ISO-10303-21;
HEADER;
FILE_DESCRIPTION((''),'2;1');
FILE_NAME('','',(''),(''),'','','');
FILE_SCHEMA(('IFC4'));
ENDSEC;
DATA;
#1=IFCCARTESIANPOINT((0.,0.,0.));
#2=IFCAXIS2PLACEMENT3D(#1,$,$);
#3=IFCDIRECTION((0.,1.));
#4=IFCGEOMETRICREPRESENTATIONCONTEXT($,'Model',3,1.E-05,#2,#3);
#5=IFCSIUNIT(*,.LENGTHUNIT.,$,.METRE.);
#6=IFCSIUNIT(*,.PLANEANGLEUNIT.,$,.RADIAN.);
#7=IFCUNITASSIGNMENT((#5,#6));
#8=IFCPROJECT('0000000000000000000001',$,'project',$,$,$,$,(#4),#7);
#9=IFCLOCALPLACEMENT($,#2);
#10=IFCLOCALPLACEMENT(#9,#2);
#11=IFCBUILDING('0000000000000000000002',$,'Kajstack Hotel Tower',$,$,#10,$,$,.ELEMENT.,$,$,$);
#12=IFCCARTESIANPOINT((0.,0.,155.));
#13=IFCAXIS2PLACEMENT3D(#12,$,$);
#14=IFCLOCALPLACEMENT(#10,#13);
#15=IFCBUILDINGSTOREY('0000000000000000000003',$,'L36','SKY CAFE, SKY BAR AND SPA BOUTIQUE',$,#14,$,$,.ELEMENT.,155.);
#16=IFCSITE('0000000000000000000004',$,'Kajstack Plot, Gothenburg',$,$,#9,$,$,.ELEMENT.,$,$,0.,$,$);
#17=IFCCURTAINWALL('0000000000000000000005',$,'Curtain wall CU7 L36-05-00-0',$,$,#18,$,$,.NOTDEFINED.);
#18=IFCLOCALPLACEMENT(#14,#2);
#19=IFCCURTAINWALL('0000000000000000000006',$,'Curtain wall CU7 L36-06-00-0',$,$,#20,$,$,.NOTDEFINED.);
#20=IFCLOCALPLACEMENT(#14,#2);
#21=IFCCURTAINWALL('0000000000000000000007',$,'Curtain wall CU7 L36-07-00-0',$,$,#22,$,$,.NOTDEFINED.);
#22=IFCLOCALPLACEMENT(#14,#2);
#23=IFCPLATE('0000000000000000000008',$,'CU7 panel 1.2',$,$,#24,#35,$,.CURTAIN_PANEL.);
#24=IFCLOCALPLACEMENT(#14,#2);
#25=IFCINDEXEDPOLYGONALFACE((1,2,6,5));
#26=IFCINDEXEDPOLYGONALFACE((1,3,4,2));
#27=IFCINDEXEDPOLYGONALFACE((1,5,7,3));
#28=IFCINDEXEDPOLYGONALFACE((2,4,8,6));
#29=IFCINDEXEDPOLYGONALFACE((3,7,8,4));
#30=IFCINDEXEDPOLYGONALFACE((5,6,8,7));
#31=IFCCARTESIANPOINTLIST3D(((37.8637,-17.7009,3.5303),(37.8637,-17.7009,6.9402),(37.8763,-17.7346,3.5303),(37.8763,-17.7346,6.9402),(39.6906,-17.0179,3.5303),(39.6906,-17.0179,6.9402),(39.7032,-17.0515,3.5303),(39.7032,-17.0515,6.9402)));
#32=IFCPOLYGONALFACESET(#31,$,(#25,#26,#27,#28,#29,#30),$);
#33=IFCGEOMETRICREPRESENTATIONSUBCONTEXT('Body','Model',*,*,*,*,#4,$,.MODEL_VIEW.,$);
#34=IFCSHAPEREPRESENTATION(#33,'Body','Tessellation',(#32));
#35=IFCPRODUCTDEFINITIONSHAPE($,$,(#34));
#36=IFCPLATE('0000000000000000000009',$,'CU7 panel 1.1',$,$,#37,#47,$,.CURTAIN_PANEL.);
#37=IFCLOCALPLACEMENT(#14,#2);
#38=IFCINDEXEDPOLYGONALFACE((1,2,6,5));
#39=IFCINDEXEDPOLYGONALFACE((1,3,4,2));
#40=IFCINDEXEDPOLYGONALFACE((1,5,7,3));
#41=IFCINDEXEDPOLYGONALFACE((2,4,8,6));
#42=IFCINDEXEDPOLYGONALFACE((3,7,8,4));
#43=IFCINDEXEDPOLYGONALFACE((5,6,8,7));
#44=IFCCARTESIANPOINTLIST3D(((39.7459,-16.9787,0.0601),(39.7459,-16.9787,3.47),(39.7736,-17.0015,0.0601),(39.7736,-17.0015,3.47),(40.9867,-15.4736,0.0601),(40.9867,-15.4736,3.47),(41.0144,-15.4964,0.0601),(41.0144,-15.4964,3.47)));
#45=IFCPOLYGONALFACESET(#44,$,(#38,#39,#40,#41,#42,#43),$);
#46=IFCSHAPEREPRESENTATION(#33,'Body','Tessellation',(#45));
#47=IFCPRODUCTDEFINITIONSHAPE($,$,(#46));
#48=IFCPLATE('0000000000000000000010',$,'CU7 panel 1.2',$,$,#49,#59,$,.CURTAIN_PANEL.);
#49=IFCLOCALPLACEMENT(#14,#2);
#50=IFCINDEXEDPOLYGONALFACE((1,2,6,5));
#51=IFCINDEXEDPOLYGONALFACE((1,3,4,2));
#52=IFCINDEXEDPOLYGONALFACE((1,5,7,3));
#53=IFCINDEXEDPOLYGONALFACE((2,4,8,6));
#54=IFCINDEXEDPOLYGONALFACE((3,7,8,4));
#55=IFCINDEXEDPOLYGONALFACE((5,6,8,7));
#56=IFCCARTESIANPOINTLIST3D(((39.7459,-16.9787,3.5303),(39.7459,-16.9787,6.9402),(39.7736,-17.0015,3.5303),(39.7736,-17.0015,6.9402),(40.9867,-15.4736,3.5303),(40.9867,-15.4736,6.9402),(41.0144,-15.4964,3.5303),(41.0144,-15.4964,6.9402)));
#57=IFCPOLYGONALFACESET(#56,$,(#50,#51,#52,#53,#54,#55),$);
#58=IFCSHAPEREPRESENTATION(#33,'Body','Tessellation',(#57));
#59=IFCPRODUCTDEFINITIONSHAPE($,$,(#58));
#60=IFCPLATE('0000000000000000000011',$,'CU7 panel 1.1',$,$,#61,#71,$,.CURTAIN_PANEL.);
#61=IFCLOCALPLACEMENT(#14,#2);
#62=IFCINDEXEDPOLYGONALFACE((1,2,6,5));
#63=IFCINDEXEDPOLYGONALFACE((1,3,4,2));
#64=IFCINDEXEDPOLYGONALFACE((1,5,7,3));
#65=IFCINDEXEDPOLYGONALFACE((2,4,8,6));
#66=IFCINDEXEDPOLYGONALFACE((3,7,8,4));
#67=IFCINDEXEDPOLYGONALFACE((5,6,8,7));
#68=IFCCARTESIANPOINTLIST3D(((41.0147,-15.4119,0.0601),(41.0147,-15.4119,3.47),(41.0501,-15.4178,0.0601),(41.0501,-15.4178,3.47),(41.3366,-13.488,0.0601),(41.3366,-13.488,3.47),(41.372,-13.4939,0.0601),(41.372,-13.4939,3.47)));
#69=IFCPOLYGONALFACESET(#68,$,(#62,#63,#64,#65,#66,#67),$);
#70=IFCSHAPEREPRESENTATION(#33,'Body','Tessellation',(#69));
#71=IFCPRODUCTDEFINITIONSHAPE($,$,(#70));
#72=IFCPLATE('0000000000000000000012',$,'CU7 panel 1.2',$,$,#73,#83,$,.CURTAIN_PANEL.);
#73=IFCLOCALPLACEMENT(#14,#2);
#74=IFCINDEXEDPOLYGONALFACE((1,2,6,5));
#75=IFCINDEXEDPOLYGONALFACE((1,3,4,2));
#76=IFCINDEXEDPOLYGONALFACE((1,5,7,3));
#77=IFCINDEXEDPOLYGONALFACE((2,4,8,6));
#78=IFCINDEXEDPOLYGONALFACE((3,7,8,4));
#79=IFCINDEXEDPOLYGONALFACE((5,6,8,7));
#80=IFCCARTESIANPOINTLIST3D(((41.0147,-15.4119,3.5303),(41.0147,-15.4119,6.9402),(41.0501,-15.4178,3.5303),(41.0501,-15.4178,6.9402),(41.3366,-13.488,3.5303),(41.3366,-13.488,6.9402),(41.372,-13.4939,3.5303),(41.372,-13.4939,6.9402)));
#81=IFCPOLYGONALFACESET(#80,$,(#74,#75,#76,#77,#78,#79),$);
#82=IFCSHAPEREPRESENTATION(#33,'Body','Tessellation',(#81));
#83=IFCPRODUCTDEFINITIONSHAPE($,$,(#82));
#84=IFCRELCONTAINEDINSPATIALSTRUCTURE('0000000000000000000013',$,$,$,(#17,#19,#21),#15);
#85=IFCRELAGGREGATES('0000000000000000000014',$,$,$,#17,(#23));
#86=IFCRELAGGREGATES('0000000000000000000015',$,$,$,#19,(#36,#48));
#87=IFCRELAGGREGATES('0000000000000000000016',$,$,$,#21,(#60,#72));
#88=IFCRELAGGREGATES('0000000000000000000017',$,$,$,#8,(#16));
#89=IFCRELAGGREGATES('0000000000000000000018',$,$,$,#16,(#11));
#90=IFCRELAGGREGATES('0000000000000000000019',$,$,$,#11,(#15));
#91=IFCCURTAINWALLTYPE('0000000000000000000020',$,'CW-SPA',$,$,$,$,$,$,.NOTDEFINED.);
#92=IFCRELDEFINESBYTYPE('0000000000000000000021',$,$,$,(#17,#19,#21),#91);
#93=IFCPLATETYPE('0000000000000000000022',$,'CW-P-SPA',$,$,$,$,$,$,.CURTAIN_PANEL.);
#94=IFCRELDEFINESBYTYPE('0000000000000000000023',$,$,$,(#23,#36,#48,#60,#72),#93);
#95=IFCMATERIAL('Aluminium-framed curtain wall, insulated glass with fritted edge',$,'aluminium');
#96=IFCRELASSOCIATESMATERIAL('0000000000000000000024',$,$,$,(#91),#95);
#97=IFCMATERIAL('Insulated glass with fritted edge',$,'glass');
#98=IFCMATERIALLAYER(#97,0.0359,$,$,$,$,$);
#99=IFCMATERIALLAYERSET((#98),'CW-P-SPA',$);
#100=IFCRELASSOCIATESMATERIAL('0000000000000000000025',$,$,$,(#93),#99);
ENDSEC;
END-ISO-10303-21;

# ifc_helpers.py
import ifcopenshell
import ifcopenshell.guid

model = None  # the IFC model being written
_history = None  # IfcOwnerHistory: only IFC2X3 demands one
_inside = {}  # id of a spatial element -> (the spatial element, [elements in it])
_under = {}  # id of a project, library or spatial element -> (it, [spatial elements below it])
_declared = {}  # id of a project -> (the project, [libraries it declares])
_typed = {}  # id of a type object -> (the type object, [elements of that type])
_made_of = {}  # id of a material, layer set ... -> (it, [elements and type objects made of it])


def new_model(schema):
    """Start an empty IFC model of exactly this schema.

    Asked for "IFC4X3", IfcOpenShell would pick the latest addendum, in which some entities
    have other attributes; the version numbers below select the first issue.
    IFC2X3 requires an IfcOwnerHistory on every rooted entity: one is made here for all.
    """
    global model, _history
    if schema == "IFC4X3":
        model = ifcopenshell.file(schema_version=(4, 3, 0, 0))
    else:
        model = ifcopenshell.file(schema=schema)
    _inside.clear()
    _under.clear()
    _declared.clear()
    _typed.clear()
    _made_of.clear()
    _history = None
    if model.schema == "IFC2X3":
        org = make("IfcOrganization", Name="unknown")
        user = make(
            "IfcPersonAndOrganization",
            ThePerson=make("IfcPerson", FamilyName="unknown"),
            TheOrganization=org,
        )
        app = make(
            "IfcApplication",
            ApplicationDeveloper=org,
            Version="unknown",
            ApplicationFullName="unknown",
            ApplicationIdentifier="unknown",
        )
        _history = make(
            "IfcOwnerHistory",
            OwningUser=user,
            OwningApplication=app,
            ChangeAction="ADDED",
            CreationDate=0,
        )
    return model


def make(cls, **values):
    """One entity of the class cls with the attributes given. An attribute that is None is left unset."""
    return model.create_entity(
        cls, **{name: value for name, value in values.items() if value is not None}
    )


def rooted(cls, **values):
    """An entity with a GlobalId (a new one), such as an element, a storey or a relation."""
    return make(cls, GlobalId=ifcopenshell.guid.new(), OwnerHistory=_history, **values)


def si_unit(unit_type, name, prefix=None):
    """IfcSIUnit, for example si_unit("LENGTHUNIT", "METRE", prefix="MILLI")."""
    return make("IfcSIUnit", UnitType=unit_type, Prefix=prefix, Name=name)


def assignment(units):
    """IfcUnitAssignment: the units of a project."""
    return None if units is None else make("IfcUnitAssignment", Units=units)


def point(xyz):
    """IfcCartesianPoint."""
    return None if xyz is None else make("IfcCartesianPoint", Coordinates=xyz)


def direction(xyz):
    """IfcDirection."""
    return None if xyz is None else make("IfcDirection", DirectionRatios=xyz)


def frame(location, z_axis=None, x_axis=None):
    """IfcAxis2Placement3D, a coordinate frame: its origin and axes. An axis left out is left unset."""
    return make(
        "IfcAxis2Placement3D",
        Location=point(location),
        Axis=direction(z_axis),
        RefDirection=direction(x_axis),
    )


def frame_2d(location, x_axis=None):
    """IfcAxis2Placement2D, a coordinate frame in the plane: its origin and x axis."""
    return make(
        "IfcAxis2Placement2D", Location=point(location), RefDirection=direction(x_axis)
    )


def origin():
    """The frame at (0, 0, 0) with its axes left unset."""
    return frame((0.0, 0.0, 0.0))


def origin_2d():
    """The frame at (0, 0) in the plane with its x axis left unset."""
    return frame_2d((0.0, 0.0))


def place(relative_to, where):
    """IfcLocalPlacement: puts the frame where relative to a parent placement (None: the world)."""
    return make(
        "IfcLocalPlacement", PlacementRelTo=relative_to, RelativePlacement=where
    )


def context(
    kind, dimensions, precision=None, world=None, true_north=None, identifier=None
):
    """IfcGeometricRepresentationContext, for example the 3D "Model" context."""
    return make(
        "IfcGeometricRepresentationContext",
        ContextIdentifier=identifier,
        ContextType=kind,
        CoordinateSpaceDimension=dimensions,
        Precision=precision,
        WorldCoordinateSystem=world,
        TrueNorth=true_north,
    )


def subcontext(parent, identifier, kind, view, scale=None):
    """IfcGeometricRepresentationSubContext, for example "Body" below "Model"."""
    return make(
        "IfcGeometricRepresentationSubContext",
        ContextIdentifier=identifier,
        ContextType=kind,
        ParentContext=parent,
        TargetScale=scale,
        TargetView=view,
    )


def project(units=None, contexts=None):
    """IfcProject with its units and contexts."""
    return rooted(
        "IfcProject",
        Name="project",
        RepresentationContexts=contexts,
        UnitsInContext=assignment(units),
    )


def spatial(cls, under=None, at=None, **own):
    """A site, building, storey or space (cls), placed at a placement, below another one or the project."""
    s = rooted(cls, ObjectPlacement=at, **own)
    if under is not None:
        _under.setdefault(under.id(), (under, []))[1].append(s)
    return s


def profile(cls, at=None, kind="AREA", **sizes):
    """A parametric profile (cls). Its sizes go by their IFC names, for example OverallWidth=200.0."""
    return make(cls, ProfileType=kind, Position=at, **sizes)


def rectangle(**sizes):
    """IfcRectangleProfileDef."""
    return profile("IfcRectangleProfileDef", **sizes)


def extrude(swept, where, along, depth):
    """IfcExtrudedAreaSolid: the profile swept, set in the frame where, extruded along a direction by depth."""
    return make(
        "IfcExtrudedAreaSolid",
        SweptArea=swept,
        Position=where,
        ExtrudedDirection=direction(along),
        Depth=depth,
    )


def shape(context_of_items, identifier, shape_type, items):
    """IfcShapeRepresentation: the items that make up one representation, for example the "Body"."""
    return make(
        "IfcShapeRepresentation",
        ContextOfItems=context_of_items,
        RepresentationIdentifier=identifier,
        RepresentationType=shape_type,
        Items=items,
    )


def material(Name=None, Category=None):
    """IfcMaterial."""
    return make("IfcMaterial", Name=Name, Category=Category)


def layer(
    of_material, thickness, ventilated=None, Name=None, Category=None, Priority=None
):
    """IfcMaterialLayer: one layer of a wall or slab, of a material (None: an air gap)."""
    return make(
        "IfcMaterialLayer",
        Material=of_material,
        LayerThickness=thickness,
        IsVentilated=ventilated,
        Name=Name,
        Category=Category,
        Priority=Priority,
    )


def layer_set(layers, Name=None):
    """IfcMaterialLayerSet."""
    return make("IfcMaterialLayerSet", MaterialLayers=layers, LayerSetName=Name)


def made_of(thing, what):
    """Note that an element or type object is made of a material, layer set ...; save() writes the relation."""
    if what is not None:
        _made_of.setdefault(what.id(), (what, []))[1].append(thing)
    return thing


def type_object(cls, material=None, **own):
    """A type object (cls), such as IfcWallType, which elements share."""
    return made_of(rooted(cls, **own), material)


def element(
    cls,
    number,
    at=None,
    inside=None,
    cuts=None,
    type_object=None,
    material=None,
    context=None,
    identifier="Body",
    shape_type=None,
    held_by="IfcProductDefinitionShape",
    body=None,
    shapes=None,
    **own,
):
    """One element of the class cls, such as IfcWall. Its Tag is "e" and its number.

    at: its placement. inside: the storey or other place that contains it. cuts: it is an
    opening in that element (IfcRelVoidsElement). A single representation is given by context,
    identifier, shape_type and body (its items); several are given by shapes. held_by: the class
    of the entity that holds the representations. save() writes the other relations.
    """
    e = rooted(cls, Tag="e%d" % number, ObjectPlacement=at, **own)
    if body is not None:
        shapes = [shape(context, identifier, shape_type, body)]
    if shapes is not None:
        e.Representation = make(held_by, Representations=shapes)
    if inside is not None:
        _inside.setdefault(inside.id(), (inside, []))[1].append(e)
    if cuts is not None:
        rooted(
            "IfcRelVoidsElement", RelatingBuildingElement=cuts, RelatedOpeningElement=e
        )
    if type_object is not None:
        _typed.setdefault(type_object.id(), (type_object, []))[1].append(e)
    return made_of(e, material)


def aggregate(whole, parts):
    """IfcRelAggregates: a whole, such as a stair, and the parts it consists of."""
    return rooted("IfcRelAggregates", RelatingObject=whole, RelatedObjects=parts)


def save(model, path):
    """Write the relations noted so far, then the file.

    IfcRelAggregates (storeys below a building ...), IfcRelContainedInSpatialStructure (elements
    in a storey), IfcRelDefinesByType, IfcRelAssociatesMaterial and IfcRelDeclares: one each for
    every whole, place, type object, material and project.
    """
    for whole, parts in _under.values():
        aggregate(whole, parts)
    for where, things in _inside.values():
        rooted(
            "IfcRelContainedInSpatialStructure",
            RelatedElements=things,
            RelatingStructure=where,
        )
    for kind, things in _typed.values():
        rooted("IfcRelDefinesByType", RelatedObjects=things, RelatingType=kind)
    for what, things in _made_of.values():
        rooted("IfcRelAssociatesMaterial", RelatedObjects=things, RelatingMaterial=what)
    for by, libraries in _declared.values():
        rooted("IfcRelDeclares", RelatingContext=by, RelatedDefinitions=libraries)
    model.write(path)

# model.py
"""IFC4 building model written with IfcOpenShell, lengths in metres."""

from ifc_helpers import new_model, si_unit, direction, frame, origin, origin_2d, place, context, subcontext, project, spatial, rectangle, extrude, material, layer, layer_set, type_object, element, aggregate, save


model = new_model("IFC4")

# Units and contexts
model_context = context("Model", 3, precision=1e-05, world=origin(), true_north=direction((0.0, 1.0)))
body_context = subcontext(model_context, "Body", "Model", "MODEL_VIEW")
ifc_project = project(units=[si_unit("LENGTHUNIT", "METRE"), si_unit("PLANEANGLEUNIT", "RADIAN")], contexts=[model_context])

# Site, building, storey
site_placement = place(None, origin())
site = spatial("IfcSite", under=ifc_project, at=site_placement, Name="Kajstack Plot, Gothenburg", CompositionType="ELEMENT", RefElevation=0.0)
building_placement = place(site_placement, origin())
building = spatial("IfcBuilding", under=site, at=building_placement, Name="Kajstack Hotel Tower", CompositionType="ELEMENT")
storey_placement = place(building_placement, frame((0.0, 0.0, 155.0)))
storey = spatial("IfcBuildingStorey", under=building, at=storey_placement, Name="L36", Description="SKY CAFE, SKY BAR AND SPA BOUTIQUE", CompositionType="ELEMENT", Elevation=155.0)

# Curtain walls
ifc_material_1 = material(Name="Aluminium-framed curtain wall, insulated glass with fritted edge", Category="aluminium")
curtain_wall_type = type_object("IfcCurtainWallType", Name="CW-SPA", PredefinedType="NOTDEFINED", material=ifc_material_1)
curtain_wall_1_placement = place(storey_placement, origin())
curtain_wall_1 = element("IfcCurtainWall", 1, at=curtain_wall_1_placement, inside=storey, type_object=curtain_wall_type, Name="Curtain wall CU7 L36-05-00-0", PredefinedType="NOTDEFINED")
curtain_wall_2_placement = place(storey_placement, origin())
curtain_wall_2 = element("IfcCurtainWall", 2, at=curtain_wall_2_placement, inside=storey, type_object=curtain_wall_type, Name="Curtain wall CU7 L36-06-00-0", PredefinedType="NOTDEFINED")
curtain_wall_3_placement = place(storey_placement, origin())
curtain_wall_3 = element("IfcCurtainWall", 3, at=curtain_wall_3_placement, inside=storey, type_object=curtain_wall_type, Name="Curtain wall CU7 L36-07-00-0", PredefinedType="NOTDEFINED")

# Plates
ifc_material_2 = material(Name="Insulated glass with fritted edge", Category="glass")
ifc_layer = layer(ifc_material_2, 0.0359)
ifc_layer_set = layer_set([ifc_layer], Name="CW-P-SPA")
plate_type = type_object("IfcPlateType", Name="CW-P-SPA", PredefinedType="CURTAIN_PANEL", material=ifc_layer_set)
plate_1_placement = place(storey_placement, frame((38.7834, -17.3762, 3.5303), z_axis=(0.0, 0.0, 1.0), x_axis=(0.936674, 0.350202, 0.0)))
plate_1 = element("IfcPlate", 4, at=plate_1_placement, type_object=plate_type, Name="CU7 panel 1.2", PredefinedType="CURTAIN_PANEL", context=body_context, shape_type="SweptSolid", body=[
    extrude(rectangle(XDim=1.9504, YDim=0.0359, at=origin_2d()), origin(), (0.0, 0.0, 1.0), 3.4099),
])
aggregate(curtain_wall_1, [plate_1])
plate_2_placement = place(storey_placement, frame((40.3801, -16.2375, 0.0601), z_axis=(0.0, 0.0, 1.0), x_axis=(0.636095, 0.771611, 0.0)))
plate_2 = element("IfcPlate", 5, at=plate_2_placement, type_object=plate_type, Name="CU7 panel 1.1", PredefinedType="CURTAIN_PANEL", context=body_context, shape_type="SweptSolid", body=[
    extrude(rectangle(XDim=1.9507, YDim=0.0359, at=origin_2d()), origin(), (0.0, 0.0, 1.0), 3.4099),
])
plate_3_placement = place(storey_placement, frame((40.3801, -16.2375, 3.5303), z_axis=(0.0, 0.0, 1.0), x_axis=(0.636095, 0.771611, 0.0)))
plate_3 = element("IfcPlate", 6, at=plate_3_placement, type_object=plate_type, Name="CU7 panel 1.2", PredefinedType="CURTAIN_PANEL", context=body_context, shape_type="SweptSolid", body=[
    extrude(rectangle(XDim=1.9507, YDim=0.0359, at=origin_2d()), origin(), (0.0, 0.0, 1.0), 3.4099),
])
aggregate(curtain_wall_2, [plate_2, plate_3])
plate_4_placement = place(storey_placement, frame((41.1934, -14.4529, 0.0601), z_axis=(0.0, 0.0, 1.0), x_axis=(0.165025, 0.986289, 0.0)))
plate_4 = element("IfcPlate", 7, at=plate_4_placement, type_object=plate_type, Name="CU7 panel 1.1", PredefinedType="CURTAIN_PANEL", context=body_context, shape_type="SweptSolid", body=[
    extrude(rectangle(XDim=1.9507, YDim=0.0359, at=origin_2d()), origin(), (0.0, 0.0, 1.0), 3.4099),
])
plate_5_placement = place(storey_placement, frame((41.1934, -14.4529, 3.5303), z_axis=(0.0, 0.0, 1.0), x_axis=(0.165025, 0.986289, 0.0)))
plate_5 = element("IfcPlate", 8, at=plate_5_placement, type_object=plate_type, Name="CU7 panel 1.2", PredefinedType="CURTAIN_PANEL", context=body_context, shape_type="SweptSolid", body=[
    extrude(rectangle(XDim=1.9507, YDim=0.0359, at=origin_2d()), origin(), (0.0, 0.0, 1.0), 3.4099),
])
aggregate(curtain_wall_3, [plate_4, plate_5])

save(model, "model.ifc")
